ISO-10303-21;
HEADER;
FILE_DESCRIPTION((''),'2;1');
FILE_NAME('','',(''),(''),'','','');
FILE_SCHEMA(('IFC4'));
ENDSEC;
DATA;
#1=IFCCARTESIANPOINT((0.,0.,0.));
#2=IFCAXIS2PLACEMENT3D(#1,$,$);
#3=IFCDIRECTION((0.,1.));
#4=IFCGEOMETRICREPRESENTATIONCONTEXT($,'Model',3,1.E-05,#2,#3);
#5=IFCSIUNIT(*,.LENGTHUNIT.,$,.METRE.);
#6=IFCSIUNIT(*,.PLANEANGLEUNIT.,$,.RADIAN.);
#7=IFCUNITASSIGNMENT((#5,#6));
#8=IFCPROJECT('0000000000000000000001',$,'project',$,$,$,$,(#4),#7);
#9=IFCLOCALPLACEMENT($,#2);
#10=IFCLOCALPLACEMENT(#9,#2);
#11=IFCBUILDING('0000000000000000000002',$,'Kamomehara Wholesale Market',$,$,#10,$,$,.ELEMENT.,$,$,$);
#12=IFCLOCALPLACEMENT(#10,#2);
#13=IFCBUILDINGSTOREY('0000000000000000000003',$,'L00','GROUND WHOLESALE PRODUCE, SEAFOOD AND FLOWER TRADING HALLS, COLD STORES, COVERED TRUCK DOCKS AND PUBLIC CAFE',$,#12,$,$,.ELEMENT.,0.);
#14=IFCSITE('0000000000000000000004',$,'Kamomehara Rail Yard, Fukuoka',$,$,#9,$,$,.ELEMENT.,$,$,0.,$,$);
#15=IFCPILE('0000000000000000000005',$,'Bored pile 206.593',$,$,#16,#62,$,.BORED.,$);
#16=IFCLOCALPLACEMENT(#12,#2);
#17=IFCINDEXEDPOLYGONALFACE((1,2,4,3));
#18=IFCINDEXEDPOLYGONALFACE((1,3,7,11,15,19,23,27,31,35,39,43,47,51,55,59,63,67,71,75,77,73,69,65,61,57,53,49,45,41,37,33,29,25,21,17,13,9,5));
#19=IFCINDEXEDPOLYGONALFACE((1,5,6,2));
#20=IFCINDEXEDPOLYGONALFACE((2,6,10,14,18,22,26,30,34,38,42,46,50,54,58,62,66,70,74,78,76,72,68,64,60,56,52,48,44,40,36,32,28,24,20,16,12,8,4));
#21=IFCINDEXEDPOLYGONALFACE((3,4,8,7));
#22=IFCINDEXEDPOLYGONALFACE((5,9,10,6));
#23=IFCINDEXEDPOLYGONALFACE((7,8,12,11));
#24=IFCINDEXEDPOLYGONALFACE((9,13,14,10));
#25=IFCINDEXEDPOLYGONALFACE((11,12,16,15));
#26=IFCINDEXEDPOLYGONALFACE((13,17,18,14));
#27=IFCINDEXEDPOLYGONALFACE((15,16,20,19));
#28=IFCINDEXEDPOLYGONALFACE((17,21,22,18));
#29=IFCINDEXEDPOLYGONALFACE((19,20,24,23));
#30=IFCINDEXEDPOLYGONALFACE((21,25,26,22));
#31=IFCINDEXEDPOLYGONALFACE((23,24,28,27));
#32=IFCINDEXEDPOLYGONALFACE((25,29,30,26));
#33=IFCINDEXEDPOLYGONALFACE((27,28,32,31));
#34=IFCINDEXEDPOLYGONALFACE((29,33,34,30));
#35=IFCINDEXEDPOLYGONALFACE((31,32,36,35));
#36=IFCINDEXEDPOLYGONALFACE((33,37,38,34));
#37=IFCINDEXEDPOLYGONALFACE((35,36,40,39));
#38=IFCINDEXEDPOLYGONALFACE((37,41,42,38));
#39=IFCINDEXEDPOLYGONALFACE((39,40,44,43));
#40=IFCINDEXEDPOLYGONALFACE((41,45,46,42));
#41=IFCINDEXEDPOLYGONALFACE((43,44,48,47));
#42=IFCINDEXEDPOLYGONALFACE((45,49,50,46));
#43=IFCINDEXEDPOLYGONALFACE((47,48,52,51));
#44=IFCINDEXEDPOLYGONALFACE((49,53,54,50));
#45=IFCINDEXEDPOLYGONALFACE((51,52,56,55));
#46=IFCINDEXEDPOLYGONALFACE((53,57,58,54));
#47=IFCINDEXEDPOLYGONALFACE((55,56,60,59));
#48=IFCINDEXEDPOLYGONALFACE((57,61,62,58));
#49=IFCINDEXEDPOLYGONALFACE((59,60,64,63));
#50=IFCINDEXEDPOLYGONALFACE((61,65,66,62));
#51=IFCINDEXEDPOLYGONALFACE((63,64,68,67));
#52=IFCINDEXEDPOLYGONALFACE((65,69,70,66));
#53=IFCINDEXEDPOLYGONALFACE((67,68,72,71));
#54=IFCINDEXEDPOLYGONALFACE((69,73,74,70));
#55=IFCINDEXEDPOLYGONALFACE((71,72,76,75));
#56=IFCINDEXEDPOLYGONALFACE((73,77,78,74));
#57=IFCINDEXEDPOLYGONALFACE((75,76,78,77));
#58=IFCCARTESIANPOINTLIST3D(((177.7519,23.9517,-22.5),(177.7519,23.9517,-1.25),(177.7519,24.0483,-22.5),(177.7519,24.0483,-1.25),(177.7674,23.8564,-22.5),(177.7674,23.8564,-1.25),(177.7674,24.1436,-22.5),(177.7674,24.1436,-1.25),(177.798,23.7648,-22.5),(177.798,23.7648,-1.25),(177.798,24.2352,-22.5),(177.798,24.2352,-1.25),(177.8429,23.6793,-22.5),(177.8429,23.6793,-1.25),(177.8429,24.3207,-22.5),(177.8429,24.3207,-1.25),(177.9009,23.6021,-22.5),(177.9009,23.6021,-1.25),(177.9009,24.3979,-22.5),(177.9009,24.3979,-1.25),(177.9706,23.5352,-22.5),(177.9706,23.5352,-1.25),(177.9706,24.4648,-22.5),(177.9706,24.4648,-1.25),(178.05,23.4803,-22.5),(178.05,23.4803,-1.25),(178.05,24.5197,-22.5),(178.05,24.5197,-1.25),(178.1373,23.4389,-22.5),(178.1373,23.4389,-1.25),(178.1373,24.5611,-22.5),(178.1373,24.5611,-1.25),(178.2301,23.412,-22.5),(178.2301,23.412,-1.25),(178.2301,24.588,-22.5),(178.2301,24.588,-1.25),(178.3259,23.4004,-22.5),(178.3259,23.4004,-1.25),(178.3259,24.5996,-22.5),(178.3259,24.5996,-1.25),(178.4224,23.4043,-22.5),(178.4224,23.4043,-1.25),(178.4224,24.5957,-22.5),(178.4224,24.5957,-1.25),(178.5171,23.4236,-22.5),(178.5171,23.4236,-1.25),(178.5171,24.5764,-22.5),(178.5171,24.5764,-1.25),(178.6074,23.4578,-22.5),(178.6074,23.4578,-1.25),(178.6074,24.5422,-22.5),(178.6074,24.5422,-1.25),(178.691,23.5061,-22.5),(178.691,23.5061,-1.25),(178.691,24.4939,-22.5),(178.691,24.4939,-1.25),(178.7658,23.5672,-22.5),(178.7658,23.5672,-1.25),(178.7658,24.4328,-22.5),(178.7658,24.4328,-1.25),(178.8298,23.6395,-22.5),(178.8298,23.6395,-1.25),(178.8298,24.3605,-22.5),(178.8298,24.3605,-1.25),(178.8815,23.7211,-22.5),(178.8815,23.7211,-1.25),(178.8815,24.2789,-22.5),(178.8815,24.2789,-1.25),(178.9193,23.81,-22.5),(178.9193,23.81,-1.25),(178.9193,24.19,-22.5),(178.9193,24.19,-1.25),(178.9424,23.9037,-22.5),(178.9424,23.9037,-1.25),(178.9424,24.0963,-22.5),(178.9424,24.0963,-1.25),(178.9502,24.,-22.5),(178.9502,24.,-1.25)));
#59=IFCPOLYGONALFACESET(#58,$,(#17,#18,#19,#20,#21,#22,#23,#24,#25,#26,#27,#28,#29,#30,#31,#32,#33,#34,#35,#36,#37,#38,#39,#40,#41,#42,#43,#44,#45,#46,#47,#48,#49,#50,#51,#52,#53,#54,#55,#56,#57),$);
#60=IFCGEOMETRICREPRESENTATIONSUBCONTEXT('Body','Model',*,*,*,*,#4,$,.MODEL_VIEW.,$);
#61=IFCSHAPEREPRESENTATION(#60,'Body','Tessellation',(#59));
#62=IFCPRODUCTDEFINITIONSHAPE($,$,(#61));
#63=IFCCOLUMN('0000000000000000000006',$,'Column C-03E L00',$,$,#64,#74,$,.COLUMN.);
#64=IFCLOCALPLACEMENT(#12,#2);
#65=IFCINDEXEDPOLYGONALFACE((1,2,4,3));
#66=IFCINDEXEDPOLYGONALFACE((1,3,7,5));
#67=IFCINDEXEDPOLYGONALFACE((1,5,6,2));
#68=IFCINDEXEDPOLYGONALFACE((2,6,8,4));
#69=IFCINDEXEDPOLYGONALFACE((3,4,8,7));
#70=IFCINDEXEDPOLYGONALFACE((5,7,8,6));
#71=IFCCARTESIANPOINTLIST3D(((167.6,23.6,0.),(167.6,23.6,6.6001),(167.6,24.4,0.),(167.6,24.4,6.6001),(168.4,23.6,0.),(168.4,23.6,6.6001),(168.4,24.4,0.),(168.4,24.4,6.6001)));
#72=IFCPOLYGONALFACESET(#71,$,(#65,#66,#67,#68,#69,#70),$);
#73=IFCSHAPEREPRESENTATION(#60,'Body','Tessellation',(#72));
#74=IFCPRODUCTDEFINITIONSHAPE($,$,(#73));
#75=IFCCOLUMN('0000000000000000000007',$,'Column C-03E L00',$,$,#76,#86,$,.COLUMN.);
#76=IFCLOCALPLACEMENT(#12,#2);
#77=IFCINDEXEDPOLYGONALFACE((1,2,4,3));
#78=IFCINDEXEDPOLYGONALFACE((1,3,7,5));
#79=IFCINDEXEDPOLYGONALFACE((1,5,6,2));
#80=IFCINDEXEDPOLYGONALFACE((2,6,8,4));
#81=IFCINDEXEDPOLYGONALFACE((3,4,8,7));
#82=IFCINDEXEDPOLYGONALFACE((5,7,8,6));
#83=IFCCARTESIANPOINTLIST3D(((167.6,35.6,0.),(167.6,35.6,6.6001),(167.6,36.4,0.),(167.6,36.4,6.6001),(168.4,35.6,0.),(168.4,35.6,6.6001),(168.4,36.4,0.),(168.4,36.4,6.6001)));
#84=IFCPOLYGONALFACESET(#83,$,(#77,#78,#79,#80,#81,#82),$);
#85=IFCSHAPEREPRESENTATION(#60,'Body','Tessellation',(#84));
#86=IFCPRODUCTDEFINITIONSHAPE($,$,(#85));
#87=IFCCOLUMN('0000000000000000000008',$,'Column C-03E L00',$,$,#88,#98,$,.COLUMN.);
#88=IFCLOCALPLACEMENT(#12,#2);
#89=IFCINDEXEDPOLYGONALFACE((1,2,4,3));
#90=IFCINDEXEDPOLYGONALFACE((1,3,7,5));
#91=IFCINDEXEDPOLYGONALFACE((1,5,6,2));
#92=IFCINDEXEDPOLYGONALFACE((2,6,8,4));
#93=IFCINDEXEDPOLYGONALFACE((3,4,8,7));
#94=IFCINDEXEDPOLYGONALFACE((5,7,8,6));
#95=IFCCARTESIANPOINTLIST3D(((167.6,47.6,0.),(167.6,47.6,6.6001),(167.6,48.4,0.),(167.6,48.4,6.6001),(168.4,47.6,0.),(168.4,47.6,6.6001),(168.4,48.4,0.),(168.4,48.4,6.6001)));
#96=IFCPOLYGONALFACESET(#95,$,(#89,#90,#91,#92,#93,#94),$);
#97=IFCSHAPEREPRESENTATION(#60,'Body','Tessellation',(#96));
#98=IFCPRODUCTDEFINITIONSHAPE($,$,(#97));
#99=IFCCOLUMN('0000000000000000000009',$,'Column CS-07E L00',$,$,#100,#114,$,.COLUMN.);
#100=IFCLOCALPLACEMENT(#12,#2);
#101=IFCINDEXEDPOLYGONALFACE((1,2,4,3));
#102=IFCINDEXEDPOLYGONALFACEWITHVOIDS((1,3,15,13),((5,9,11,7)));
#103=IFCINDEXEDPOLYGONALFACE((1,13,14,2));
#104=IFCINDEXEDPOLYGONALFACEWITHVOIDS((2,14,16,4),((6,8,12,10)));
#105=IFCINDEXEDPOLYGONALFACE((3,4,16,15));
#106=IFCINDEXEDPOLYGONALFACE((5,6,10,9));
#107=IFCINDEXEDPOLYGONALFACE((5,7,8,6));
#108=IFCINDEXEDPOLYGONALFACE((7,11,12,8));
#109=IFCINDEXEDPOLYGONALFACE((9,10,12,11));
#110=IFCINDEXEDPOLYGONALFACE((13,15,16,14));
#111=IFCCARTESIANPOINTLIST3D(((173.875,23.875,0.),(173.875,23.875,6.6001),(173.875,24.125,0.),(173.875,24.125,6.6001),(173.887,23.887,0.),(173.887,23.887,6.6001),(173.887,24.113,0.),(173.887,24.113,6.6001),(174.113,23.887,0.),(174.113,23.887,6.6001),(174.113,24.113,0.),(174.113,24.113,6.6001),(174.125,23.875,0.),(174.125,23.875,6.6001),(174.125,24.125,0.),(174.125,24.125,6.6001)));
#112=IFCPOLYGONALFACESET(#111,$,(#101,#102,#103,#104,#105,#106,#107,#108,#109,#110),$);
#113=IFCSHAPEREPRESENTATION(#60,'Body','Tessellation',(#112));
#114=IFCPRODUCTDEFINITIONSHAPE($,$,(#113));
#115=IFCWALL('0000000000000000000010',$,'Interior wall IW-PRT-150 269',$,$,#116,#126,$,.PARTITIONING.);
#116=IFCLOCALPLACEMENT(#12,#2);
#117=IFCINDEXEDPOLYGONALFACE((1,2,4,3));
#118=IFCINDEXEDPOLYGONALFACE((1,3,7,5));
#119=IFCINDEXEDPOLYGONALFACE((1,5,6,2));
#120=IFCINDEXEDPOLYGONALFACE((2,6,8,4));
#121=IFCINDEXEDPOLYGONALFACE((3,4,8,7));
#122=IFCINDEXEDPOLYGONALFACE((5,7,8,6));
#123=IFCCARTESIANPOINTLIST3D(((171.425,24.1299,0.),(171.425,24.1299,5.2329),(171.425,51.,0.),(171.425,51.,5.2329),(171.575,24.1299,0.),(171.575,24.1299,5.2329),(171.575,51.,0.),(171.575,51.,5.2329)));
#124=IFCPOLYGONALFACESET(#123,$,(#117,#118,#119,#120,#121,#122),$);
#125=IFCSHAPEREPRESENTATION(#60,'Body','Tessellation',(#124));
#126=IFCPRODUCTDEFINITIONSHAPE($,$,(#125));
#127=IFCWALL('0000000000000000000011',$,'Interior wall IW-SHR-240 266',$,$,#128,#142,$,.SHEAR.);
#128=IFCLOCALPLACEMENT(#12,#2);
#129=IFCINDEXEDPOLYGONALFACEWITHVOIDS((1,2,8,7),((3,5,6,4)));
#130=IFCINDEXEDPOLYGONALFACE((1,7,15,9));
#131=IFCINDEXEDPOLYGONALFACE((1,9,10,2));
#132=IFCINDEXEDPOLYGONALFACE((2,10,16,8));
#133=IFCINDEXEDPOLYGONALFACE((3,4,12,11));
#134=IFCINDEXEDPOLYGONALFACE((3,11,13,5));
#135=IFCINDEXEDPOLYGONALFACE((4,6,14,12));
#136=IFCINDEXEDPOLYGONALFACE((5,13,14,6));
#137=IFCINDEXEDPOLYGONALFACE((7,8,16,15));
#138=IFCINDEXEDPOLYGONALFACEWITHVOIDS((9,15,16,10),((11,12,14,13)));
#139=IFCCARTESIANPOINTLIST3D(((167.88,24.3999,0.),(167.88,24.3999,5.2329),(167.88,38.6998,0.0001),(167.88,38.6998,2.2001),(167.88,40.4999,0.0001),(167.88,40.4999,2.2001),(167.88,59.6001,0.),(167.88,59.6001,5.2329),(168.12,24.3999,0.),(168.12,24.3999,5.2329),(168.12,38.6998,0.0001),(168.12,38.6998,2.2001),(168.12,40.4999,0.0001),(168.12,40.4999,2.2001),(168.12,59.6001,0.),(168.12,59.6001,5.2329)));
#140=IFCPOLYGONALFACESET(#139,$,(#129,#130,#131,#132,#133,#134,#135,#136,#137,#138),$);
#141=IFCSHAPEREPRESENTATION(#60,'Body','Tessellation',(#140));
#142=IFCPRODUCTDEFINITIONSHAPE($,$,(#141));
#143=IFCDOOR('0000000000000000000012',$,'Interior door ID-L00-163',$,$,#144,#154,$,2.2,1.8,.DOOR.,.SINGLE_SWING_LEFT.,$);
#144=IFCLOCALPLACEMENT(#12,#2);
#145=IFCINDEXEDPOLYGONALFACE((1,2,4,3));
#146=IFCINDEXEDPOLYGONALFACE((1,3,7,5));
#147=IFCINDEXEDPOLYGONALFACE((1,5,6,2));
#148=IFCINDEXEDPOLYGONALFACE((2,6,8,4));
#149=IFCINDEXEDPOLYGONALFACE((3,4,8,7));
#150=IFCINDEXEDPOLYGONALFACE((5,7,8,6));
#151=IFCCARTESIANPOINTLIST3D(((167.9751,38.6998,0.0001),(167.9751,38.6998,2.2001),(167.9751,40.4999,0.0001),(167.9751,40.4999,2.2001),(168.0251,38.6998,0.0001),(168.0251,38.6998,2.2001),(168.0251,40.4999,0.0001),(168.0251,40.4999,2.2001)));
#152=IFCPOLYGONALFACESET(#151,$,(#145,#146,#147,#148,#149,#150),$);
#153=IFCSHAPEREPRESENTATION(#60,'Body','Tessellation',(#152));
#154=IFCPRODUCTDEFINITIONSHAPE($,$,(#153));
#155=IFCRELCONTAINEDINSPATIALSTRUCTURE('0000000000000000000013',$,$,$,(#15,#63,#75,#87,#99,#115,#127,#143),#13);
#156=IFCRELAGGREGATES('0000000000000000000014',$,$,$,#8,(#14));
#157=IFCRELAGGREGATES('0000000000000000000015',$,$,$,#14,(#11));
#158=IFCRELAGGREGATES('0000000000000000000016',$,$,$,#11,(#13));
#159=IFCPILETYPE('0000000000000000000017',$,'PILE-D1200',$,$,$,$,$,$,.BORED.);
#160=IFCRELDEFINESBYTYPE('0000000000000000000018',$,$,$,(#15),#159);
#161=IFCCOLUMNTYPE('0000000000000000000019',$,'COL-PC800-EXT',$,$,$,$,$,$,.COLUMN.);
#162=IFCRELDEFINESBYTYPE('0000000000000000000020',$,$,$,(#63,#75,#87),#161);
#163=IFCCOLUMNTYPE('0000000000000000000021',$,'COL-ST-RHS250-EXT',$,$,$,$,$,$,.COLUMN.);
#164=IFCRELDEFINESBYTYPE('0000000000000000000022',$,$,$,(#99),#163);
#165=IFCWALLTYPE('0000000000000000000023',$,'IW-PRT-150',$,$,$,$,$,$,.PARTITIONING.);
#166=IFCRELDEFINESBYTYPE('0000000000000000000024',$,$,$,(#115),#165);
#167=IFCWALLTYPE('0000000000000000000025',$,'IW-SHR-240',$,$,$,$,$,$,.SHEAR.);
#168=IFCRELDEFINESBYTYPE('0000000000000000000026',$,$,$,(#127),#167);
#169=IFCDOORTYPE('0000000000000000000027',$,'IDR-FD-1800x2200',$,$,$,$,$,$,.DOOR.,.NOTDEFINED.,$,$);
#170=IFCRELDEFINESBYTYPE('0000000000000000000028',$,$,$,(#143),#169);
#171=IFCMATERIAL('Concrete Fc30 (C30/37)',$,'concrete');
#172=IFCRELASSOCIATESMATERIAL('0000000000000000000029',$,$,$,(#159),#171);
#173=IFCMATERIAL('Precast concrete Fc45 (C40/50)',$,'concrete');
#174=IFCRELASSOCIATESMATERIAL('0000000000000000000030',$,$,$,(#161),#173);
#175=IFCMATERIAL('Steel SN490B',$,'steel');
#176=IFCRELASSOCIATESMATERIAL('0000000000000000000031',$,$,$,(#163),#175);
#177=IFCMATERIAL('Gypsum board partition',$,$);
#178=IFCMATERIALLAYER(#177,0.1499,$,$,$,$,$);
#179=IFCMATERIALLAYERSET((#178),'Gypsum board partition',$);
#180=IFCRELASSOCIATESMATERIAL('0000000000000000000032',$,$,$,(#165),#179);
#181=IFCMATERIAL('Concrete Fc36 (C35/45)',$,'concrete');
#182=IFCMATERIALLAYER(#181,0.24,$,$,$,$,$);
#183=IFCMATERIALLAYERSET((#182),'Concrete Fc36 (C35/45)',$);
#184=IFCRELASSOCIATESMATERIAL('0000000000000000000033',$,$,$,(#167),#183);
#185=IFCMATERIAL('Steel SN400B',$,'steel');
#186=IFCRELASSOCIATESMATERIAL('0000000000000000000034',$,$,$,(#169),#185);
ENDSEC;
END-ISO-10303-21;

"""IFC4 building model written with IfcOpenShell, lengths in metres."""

from ifc_helpers import new_model, si_unit, direction, frame, frame_2d, origin, origin_2d, place, context, subcontext, project, spatial, rectangle, hollow_rectangle, circle, extrude, material, layer, layer_set, material_profile, profile_set, type_object, element, fill, save


model = new_model("IFC4")

# Units and contexts
model_context = context("Model", 3, precision=1e-05, world=origin(), true_north=direction((0.0, 1.0)))
body_context = subcontext(model_context, "Body", "Model", "MODEL_VIEW")
ifc_project = project(units=[si_unit("LENGTHUNIT", "METRE"), si_unit("PLANEANGLEUNIT", "RADIAN")], contexts=[model_context])

# Site, building, storey
site_placement = place(None, origin())
site = spatial("IfcSite", under=ifc_project, at=site_placement, Name="Kamomehara Rail Yard, Fukuoka", CompositionType="ELEMENT", RefElevation=0.0)
building_placement = place(site_placement, origin())
building = spatial("IfcBuilding", under=site, at=building_placement, Name="Kamomehara Wholesale Market", CompositionType="ELEMENT")
storey_placement = place(building_placement, origin())
storey = spatial("IfcBuildingStorey", under=building, at=storey_placement, Name="L00", Description="GROUND WHOLESALE PRODUCE, SEAFOOD AND FLOWER TRADING HALLS, COLD STORES, COVERED TRUCK DOCKS AND PUBLIC CAFE", CompositionType="ELEMENT", Elevation=0.0)

# Pile
ifc_material_1 = material(Name="Concrete Fc30 (C30/37)", Category="concrete")
ifc_material_profile_1 = material_profile(ifc_material_1, circle(Radius=0.6001, at=origin_2d()), Name="RC-PILE-D1200")
ifc_profile_set_1 = profile_set([ifc_material_profile_1], Name="Concrete Fc30 (C30/37)")
pile_type_1 = type_object("IfcPileType", Name="PILE-D1200", PredefinedType="BORED", material=ifc_profile_set_1)
pile_1_placement = place(storey_placement, frame((178.3501, 24.0, -1.25), z_axis=(0.0, 0.0, -1.0), x_axis=(1.0, 0.0, 0.0)))
element("IfcPile", 1, at=pile_1_placement, inside=storey, type_object=pile_type_1, Name="Bored pile 206.593", PredefinedType="BORED", context=body_context, shape_type="SweptSolid", body=[
    extrude(circle(Radius=0.6001, at=origin_2d()), origin(), (0.0, 0.0, 1.0), 21.25),
])

# Columns
ifc_material_2 = material(Name="Precast concrete Fc45 (C40/50)", Category="concrete")
ifc_material_profile_2 = material_profile(ifc_material_2, rectangle(XDim=0.8, YDim=0.8, at=origin_2d()), Name="PC-COL-800x800")
ifc_profile_set_2 = profile_set([ifc_material_profile_2], Name="Precast concrete Fc45 (C40/50)")
column_type_1 = type_object("IfcColumnType", Name="COL-PC800-EXT", PredefinedType="COLUMN", material=ifc_profile_set_2)
for number, where, z_axis, x_axis, name in (
    (2, (168.0, 24.0, 0.0), (0.0, 0.0, 1.0), (1.0, 0.0, 0.0), "Column C-03E L00"),
    (3, (168.0, 36.0, 0.0), (0.0, 0.0, 1.0), (1.0, 0.0, 0.0), "Column C-03E L00"),
    (4, (168.0, 48.0, 0.0), (0.0, 0.0, 1.0), (1.0, 0.0, 0.0), "Column C-03E L00"),
):
    element("IfcColumn", number, at=place(storey_placement, frame(where, z_axis=z_axis, x_axis=x_axis)), inside=storey, type_object=column_type_1, Name=name, PredefinedType="COLUMN", context=body_context, shape_type="SweptSolid", body=[
        extrude(rectangle(XDim=0.8, YDim=0.8, at=origin_2d()), origin(), (0.0, 0.0, 1.0), 6.6001),
    ])
ifc_material_3 = material(Name="Steel SN490B", Category="steel")
ifc_material_profile_3 = material_profile(ifc_material_3, hollow_rectangle(XDim=0.25, YDim=0.25, WallThickness=0.012, at=origin_2d()), Name="RHS-250x250x12")
ifc_profile_set_3 = profile_set([ifc_material_profile_3], Name="Steel SN490B")
column_type_2 = type_object("IfcColumnType", Name="COL-ST-RHS250-EXT", PredefinedType="COLUMN", material=ifc_profile_set_3)
column_placement = place(storey_placement, frame((174.0, 24.0, 0.0), z_axis=(0.0, 0.0, 1.0), x_axis=(1.0, 0.0, 0.0)))
element("IfcColumn", 5, at=column_placement, inside=storey, type_object=column_type_2, Name="Column CS-07E L00", PredefinedType="COLUMN", context=body_context, shape_type="SweptSolid", body=[
    extrude(hollow_rectangle(XDim=0.25, YDim=0.25, WallThickness=0.012, at=origin_2d()), origin(), (0.0, 0.0, 1.0), 6.6001),
])

# Wall
ifc_material_4 = material(Name="Gypsum board partition")
ifc_layer_1 = layer(ifc_material_4, 0.1499)
ifc_layer_set_1 = layer_set([ifc_layer_1], Name="Gypsum board partition")
wall_type_1 = type_object("IfcWallType", Name="IW-PRT-150", PredefinedType="PARTITIONING", material=ifc_layer_set_1)
wall_1_placement = place(storey_placement, frame((171.5, 24.1299, 0.0), z_axis=(0.0, 0.0, 1.0), x_axis=(0.0, 1.0, 0.0)))
element("IfcWall", 6, at=wall_1_placement, inside=storey, type_object=wall_type_1, Name="Interior wall IW-PRT-150 269", PredefinedType="PARTITIONING", context=body_context, shape_type="SweptSolid", body=[
    extrude(rectangle(XDim=26.8701, YDim=0.1499, at=frame_2d((13.4351, 0.0))), origin(), (0.0, 0.0, 1.0), 5.2329),
])

# Wall, opening, door
ifc_material_5 = material(Name="Concrete Fc36 (C35/45)", Category="concrete")
ifc_layer_2 = layer(ifc_material_5, 0.24)
ifc_layer_set_2 = layer_set([ifc_layer_2], Name="Concrete Fc36 (C35/45)")
wall_type_2 = type_object("IfcWallType", Name="IW-SHR-240", PredefinedType="SHEAR", material=ifc_layer_set_2)
wall_2_placement = place(storey_placement, frame((168.0, 24.3999, 0.0), z_axis=(0.0, 0.0, 1.0), x_axis=(0.0, 1.0, 0.0)))
wall_2 = element("IfcWall", 7, at=wall_2_placement, inside=storey, type_object=wall_type_2, Name="Interior wall IW-SHR-240 266", PredefinedType="SHEAR", context=body_context, shape_type="SweptSolid", body=[
    extrude(rectangle(XDim=35.2002, YDim=0.24, at=frame_2d((17.6001, 0.0))), origin(), (0.0, 0.0, 1.0), 5.2329),
])
opening_placement = place(wall_2_placement, frame((14.3, 0.0, 0.0)))
opening = element("IfcOpeningElement", 8, at=opening_placement, cuts=wall_2, PredefinedType="OPENING", context=body_context, shape_type="SweptSolid", body=[
    extrude(rectangle(XDim=1.8, YDim=2.2, at=frame_2d((0.8999, 1.1001))), frame((0.0, 0.1348, 0.0), z_axis=(0.0, -1.0, 0.0), x_axis=(1.0, 0.0, 0.0)), (0.0, 0.0, 1.0), 0.2698),
])
ifc_material_6 = material(Name="Steel SN400B", Category="steel")
door_type = type_object("IfcDoorType", Name="IDR-FD-1800x2200", OperationType="NOTDEFINED", PredefinedType="DOOR", material=ifc_material_6)
door_placement = place(opening_placement, origin())
door = element("IfcDoor", 9, at=door_placement, inside=storey, type_object=door_type, Name="Interior door ID-L00-163", OperationType="SINGLE_SWING_LEFT", OverallHeight=2.2, OverallWidth=1.8, PredefinedType="DOOR", context=body_context, shape_type="SweptSolid", body=[
    extrude(rectangle(XDim=1.8, YDim=2.2, at=frame_2d((0.8999, 1.1001))), frame((0.0, 0.0249, 0.0), z_axis=(0.0, -1.0, 0.0), x_axis=(1.0, 0.0, 0.0)), (0.0, 0.0, 1.0), 0.05),
])
fill(opening, door)

save(model, "model.ifc")
